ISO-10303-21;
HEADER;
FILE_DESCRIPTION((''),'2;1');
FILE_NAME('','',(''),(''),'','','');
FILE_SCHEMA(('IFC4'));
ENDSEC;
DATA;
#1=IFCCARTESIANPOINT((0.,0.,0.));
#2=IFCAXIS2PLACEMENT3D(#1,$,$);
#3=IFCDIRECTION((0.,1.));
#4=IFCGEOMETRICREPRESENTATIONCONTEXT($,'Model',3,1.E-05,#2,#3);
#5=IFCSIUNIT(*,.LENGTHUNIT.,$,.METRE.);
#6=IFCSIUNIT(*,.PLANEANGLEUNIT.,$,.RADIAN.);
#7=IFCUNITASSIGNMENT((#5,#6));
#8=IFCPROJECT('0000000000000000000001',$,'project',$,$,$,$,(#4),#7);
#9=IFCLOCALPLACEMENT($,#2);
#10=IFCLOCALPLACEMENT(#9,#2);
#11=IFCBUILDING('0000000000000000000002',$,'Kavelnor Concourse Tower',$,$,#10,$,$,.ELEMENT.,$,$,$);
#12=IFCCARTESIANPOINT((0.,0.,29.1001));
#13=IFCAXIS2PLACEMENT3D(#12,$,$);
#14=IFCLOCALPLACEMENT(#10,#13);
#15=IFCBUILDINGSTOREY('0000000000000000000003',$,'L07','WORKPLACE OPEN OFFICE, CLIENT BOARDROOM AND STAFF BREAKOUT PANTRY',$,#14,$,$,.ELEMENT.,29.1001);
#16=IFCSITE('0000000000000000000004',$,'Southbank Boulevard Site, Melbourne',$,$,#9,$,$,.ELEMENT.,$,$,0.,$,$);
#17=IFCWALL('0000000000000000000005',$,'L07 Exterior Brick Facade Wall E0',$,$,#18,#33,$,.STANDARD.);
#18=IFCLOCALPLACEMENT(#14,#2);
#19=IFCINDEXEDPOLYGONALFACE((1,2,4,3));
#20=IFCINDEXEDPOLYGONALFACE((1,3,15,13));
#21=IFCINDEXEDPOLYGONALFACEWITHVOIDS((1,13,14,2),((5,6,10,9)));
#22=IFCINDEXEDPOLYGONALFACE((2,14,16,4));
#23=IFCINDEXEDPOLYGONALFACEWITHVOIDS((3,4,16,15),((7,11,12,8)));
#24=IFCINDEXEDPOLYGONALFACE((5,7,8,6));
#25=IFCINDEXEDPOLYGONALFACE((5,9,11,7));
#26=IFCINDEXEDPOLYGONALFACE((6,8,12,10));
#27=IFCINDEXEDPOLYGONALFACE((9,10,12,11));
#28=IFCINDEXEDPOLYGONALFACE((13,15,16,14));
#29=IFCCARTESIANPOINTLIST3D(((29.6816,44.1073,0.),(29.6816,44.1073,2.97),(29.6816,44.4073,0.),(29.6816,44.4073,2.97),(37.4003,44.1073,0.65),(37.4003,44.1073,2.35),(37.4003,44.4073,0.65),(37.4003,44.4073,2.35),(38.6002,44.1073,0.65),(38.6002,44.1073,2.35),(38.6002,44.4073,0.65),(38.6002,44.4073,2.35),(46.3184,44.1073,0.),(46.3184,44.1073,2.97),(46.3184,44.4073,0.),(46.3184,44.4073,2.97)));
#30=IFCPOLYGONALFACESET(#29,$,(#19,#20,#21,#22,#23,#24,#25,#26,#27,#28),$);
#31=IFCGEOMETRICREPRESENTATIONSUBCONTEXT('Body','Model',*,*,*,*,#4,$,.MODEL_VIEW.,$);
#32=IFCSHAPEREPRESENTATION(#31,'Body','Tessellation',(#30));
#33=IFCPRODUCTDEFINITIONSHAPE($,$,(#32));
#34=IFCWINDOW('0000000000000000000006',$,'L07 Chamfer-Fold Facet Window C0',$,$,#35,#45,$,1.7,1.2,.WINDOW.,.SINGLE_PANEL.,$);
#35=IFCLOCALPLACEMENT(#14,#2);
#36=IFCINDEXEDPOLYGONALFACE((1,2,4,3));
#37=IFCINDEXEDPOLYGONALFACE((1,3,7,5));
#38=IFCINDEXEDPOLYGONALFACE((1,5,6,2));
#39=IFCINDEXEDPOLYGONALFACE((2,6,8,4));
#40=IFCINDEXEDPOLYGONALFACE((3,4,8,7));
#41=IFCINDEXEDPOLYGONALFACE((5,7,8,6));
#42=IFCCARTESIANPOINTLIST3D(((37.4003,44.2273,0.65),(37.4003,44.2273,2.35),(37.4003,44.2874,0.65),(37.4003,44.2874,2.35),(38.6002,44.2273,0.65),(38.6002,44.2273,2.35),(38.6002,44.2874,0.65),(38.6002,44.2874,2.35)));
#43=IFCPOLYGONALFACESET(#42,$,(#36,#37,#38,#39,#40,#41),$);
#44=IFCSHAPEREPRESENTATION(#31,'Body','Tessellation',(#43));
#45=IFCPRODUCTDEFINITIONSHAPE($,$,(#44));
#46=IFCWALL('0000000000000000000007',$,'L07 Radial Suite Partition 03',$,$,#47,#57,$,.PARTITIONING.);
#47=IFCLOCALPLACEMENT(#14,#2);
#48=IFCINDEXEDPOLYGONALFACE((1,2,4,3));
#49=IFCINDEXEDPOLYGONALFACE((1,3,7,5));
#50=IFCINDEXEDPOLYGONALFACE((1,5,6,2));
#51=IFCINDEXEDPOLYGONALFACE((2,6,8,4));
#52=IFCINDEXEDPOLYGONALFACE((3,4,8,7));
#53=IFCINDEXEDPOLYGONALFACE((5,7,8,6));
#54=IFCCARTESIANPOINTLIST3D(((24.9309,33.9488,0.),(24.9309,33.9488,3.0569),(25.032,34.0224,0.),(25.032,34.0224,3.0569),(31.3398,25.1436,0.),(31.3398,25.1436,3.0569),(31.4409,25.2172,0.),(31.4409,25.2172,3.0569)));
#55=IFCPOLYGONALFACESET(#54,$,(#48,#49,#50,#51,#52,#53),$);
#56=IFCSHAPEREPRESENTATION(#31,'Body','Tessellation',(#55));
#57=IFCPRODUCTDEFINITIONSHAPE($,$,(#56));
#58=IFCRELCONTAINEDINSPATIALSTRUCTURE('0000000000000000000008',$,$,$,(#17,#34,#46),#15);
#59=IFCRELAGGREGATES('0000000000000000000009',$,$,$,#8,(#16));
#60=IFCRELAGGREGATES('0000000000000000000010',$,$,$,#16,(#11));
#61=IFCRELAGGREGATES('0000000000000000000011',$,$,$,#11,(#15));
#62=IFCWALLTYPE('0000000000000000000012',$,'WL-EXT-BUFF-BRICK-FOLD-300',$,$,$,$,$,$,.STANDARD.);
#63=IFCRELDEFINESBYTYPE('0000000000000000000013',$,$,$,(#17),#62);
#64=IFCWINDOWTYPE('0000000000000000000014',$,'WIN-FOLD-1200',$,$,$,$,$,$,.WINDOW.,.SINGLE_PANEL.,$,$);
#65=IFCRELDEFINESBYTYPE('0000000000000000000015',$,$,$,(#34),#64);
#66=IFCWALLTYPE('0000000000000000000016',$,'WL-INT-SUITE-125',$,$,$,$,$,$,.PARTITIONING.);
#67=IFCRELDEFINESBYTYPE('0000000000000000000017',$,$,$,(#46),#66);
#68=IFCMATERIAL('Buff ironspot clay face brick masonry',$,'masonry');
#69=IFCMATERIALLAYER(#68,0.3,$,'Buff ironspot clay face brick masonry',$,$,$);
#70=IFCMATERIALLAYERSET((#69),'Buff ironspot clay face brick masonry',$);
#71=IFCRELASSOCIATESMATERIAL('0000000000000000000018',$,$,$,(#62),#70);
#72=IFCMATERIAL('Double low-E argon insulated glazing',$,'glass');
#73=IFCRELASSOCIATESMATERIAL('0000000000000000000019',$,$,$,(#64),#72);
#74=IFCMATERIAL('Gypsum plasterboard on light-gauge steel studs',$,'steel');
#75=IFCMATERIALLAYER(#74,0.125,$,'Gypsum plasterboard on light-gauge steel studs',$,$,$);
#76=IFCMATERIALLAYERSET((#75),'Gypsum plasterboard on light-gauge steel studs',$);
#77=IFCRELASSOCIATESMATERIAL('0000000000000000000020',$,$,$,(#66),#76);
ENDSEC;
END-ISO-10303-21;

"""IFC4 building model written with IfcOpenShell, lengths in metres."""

from ifc_helpers import new_model, si_unit, direction, frame, frame_2d, origin, place, context, subcontext, project, spatial, rectangle, extrude, material, layer, layer_set, type_object, element, fill, save


model = new_model("IFC4")

# Units and contexts
model_context = context("Model", 3, precision=1e-05, world=origin(), true_north=direction((0.0, 1.0)))
body_context = subcontext(model_context, "Body", "Model", "MODEL_VIEW")
ifc_project = project(units=[si_unit("LENGTHUNIT", "METRE"), si_unit("PLANEANGLEUNIT", "RADIAN")], contexts=[model_context])

# Site, building, storey
site_placement = place(None, origin())
site = spatial("IfcSite", under=ifc_project, at=site_placement, Name="Southbank Boulevard Site, Melbourne", CompositionType="ELEMENT", RefElevation=0.0)
building_placement = place(site_placement, origin())
building = spatial("IfcBuilding", under=site, at=building_placement, Name="Kavelnor Concourse Tower", CompositionType="ELEMENT")
storey_placement = place(building_placement, frame((0.0, 0.0, 29.1001)))
storey = spatial("IfcBuildingStorey", under=building, at=storey_placement, Name="L07", Description="WORKPLACE OPEN OFFICE, CLIENT BOARDROOM AND STAFF BREAKOUT PANTRY", CompositionType="ELEMENT", Elevation=29.1001)

# Wall, opening, window
ifc_material_1 = material(Name="Buff ironspot clay face brick masonry", Category="masonry")
ifc_layer_1 = layer(ifc_material_1, 0.3, Name="Buff ironspot clay face brick masonry")
ifc_layer_set_1 = layer_set([ifc_layer_1], Name="Buff ironspot clay face brick masonry")
wall_type_1 = type_object("IfcWallType", Name="WL-EXT-BUFF-BRICK-FOLD-300", PredefinedType="STANDARD", material=ifc_layer_set_1)
wall_1_placement = place(storey_placement, frame((29.6816, 44.2573, 0.0), z_axis=(0.0, 0.0, 1.0), x_axis=(1.0, 0.0, 0.0)))
wall_1 = element("IfcWall", 1, at=wall_1_placement, inside=storey, type_object=wall_type_1, Name="L07 Exterior Brick Facade Wall E0", PredefinedType="STANDARD", context=body_context, shape_type="SweptSolid", body=[
    extrude(rectangle(XDim=16.6367, YDim=0.3, at=frame_2d((8.3184, 0.0))), origin(), (0.0, 0.0, 1.0), 2.97),
])
opening_placement = place(wall_1_placement, frame((7.7185, 0.0, 0.6499)))
opening = element("IfcOpeningElement", 2, at=opening_placement, cuts=wall_1, PredefinedType="OPENING", context=body_context, shape_type="SweptSolid", body=[
    extrude(rectangle(XDim=1.2, YDim=1.7, at=frame_2d((0.6001, 0.8501))), frame((0.0, 0.1602, 0.0), z_axis=(0.0, -1.0, 0.0), x_axis=(1.0, 0.0, 0.0)), (0.0, 0.0, 1.0), 0.3201),
])
ifc_material_2 = material(Name="Double low-E argon insulated glazing", Category="glass")
window_type = type_object("IfcWindowType", Name="WIN-FOLD-1200", PartitioningType="SINGLE_PANEL", PredefinedType="WINDOW", material=ifc_material_2)
window_placement = place(opening_placement, origin())
window = element("IfcWindow", 3, at=window_placement, inside=storey, type_object=window_type, Name="L07 Chamfer-Fold Facet Window C0", OverallHeight=1.7, OverallWidth=1.2, PartitioningType="SINGLE_PANEL", PredefinedType="WINDOW", context=body_context, shape_type="SweptSolid", body=[
    extrude(rectangle(XDim=1.2, YDim=1.7, at=frame_2d((0.6001, 0.8501))), frame((0.0, 0.03, 0.0), z_axis=(0.0, -1.0, 0.0), x_axis=(1.0, 0.0, 0.0)), (0.0, 0.0, 1.0), 0.0601),
])
fill(opening, window)

# Wall
ifc_material_3 = material(Name="Gypsum plasterboard on light-gauge steel studs", Category="steel")
ifc_layer_2 = layer(ifc_material_3, 0.125, Name="Gypsum plasterboard on light-gauge steel studs")
ifc_layer_set_2 = layer_set([ifc_layer_2], Name="Gypsum plasterboard on light-gauge steel studs")
wall_type_2 = type_object("IfcWallType", Name="WL-INT-SUITE-125", PredefinedType="PARTITIONING", material=ifc_layer_set_2)
wall_2_placement = place(storey_placement, frame((31.3904, 25.1804, 0.0), z_axis=(0.0, 0.0, 1.0), x_axis=(-0.588482, 0.80851, 0.0)))
element("IfcWall", 4, at=wall_2_placement, inside=storey, type_object=wall_type_2, Name="L07 Radial Suite Partition 03", PredefinedType="PARTITIONING", context=body_context, shape_type="SweptSolid", body=[
    extrude(rectangle(XDim=10.8906, YDim=0.125, at=frame_2d((5.4453, 0.0))), origin(), (0.0, 0.0, 1.0), 3.0569),
])

save(model, "model.ifc")
